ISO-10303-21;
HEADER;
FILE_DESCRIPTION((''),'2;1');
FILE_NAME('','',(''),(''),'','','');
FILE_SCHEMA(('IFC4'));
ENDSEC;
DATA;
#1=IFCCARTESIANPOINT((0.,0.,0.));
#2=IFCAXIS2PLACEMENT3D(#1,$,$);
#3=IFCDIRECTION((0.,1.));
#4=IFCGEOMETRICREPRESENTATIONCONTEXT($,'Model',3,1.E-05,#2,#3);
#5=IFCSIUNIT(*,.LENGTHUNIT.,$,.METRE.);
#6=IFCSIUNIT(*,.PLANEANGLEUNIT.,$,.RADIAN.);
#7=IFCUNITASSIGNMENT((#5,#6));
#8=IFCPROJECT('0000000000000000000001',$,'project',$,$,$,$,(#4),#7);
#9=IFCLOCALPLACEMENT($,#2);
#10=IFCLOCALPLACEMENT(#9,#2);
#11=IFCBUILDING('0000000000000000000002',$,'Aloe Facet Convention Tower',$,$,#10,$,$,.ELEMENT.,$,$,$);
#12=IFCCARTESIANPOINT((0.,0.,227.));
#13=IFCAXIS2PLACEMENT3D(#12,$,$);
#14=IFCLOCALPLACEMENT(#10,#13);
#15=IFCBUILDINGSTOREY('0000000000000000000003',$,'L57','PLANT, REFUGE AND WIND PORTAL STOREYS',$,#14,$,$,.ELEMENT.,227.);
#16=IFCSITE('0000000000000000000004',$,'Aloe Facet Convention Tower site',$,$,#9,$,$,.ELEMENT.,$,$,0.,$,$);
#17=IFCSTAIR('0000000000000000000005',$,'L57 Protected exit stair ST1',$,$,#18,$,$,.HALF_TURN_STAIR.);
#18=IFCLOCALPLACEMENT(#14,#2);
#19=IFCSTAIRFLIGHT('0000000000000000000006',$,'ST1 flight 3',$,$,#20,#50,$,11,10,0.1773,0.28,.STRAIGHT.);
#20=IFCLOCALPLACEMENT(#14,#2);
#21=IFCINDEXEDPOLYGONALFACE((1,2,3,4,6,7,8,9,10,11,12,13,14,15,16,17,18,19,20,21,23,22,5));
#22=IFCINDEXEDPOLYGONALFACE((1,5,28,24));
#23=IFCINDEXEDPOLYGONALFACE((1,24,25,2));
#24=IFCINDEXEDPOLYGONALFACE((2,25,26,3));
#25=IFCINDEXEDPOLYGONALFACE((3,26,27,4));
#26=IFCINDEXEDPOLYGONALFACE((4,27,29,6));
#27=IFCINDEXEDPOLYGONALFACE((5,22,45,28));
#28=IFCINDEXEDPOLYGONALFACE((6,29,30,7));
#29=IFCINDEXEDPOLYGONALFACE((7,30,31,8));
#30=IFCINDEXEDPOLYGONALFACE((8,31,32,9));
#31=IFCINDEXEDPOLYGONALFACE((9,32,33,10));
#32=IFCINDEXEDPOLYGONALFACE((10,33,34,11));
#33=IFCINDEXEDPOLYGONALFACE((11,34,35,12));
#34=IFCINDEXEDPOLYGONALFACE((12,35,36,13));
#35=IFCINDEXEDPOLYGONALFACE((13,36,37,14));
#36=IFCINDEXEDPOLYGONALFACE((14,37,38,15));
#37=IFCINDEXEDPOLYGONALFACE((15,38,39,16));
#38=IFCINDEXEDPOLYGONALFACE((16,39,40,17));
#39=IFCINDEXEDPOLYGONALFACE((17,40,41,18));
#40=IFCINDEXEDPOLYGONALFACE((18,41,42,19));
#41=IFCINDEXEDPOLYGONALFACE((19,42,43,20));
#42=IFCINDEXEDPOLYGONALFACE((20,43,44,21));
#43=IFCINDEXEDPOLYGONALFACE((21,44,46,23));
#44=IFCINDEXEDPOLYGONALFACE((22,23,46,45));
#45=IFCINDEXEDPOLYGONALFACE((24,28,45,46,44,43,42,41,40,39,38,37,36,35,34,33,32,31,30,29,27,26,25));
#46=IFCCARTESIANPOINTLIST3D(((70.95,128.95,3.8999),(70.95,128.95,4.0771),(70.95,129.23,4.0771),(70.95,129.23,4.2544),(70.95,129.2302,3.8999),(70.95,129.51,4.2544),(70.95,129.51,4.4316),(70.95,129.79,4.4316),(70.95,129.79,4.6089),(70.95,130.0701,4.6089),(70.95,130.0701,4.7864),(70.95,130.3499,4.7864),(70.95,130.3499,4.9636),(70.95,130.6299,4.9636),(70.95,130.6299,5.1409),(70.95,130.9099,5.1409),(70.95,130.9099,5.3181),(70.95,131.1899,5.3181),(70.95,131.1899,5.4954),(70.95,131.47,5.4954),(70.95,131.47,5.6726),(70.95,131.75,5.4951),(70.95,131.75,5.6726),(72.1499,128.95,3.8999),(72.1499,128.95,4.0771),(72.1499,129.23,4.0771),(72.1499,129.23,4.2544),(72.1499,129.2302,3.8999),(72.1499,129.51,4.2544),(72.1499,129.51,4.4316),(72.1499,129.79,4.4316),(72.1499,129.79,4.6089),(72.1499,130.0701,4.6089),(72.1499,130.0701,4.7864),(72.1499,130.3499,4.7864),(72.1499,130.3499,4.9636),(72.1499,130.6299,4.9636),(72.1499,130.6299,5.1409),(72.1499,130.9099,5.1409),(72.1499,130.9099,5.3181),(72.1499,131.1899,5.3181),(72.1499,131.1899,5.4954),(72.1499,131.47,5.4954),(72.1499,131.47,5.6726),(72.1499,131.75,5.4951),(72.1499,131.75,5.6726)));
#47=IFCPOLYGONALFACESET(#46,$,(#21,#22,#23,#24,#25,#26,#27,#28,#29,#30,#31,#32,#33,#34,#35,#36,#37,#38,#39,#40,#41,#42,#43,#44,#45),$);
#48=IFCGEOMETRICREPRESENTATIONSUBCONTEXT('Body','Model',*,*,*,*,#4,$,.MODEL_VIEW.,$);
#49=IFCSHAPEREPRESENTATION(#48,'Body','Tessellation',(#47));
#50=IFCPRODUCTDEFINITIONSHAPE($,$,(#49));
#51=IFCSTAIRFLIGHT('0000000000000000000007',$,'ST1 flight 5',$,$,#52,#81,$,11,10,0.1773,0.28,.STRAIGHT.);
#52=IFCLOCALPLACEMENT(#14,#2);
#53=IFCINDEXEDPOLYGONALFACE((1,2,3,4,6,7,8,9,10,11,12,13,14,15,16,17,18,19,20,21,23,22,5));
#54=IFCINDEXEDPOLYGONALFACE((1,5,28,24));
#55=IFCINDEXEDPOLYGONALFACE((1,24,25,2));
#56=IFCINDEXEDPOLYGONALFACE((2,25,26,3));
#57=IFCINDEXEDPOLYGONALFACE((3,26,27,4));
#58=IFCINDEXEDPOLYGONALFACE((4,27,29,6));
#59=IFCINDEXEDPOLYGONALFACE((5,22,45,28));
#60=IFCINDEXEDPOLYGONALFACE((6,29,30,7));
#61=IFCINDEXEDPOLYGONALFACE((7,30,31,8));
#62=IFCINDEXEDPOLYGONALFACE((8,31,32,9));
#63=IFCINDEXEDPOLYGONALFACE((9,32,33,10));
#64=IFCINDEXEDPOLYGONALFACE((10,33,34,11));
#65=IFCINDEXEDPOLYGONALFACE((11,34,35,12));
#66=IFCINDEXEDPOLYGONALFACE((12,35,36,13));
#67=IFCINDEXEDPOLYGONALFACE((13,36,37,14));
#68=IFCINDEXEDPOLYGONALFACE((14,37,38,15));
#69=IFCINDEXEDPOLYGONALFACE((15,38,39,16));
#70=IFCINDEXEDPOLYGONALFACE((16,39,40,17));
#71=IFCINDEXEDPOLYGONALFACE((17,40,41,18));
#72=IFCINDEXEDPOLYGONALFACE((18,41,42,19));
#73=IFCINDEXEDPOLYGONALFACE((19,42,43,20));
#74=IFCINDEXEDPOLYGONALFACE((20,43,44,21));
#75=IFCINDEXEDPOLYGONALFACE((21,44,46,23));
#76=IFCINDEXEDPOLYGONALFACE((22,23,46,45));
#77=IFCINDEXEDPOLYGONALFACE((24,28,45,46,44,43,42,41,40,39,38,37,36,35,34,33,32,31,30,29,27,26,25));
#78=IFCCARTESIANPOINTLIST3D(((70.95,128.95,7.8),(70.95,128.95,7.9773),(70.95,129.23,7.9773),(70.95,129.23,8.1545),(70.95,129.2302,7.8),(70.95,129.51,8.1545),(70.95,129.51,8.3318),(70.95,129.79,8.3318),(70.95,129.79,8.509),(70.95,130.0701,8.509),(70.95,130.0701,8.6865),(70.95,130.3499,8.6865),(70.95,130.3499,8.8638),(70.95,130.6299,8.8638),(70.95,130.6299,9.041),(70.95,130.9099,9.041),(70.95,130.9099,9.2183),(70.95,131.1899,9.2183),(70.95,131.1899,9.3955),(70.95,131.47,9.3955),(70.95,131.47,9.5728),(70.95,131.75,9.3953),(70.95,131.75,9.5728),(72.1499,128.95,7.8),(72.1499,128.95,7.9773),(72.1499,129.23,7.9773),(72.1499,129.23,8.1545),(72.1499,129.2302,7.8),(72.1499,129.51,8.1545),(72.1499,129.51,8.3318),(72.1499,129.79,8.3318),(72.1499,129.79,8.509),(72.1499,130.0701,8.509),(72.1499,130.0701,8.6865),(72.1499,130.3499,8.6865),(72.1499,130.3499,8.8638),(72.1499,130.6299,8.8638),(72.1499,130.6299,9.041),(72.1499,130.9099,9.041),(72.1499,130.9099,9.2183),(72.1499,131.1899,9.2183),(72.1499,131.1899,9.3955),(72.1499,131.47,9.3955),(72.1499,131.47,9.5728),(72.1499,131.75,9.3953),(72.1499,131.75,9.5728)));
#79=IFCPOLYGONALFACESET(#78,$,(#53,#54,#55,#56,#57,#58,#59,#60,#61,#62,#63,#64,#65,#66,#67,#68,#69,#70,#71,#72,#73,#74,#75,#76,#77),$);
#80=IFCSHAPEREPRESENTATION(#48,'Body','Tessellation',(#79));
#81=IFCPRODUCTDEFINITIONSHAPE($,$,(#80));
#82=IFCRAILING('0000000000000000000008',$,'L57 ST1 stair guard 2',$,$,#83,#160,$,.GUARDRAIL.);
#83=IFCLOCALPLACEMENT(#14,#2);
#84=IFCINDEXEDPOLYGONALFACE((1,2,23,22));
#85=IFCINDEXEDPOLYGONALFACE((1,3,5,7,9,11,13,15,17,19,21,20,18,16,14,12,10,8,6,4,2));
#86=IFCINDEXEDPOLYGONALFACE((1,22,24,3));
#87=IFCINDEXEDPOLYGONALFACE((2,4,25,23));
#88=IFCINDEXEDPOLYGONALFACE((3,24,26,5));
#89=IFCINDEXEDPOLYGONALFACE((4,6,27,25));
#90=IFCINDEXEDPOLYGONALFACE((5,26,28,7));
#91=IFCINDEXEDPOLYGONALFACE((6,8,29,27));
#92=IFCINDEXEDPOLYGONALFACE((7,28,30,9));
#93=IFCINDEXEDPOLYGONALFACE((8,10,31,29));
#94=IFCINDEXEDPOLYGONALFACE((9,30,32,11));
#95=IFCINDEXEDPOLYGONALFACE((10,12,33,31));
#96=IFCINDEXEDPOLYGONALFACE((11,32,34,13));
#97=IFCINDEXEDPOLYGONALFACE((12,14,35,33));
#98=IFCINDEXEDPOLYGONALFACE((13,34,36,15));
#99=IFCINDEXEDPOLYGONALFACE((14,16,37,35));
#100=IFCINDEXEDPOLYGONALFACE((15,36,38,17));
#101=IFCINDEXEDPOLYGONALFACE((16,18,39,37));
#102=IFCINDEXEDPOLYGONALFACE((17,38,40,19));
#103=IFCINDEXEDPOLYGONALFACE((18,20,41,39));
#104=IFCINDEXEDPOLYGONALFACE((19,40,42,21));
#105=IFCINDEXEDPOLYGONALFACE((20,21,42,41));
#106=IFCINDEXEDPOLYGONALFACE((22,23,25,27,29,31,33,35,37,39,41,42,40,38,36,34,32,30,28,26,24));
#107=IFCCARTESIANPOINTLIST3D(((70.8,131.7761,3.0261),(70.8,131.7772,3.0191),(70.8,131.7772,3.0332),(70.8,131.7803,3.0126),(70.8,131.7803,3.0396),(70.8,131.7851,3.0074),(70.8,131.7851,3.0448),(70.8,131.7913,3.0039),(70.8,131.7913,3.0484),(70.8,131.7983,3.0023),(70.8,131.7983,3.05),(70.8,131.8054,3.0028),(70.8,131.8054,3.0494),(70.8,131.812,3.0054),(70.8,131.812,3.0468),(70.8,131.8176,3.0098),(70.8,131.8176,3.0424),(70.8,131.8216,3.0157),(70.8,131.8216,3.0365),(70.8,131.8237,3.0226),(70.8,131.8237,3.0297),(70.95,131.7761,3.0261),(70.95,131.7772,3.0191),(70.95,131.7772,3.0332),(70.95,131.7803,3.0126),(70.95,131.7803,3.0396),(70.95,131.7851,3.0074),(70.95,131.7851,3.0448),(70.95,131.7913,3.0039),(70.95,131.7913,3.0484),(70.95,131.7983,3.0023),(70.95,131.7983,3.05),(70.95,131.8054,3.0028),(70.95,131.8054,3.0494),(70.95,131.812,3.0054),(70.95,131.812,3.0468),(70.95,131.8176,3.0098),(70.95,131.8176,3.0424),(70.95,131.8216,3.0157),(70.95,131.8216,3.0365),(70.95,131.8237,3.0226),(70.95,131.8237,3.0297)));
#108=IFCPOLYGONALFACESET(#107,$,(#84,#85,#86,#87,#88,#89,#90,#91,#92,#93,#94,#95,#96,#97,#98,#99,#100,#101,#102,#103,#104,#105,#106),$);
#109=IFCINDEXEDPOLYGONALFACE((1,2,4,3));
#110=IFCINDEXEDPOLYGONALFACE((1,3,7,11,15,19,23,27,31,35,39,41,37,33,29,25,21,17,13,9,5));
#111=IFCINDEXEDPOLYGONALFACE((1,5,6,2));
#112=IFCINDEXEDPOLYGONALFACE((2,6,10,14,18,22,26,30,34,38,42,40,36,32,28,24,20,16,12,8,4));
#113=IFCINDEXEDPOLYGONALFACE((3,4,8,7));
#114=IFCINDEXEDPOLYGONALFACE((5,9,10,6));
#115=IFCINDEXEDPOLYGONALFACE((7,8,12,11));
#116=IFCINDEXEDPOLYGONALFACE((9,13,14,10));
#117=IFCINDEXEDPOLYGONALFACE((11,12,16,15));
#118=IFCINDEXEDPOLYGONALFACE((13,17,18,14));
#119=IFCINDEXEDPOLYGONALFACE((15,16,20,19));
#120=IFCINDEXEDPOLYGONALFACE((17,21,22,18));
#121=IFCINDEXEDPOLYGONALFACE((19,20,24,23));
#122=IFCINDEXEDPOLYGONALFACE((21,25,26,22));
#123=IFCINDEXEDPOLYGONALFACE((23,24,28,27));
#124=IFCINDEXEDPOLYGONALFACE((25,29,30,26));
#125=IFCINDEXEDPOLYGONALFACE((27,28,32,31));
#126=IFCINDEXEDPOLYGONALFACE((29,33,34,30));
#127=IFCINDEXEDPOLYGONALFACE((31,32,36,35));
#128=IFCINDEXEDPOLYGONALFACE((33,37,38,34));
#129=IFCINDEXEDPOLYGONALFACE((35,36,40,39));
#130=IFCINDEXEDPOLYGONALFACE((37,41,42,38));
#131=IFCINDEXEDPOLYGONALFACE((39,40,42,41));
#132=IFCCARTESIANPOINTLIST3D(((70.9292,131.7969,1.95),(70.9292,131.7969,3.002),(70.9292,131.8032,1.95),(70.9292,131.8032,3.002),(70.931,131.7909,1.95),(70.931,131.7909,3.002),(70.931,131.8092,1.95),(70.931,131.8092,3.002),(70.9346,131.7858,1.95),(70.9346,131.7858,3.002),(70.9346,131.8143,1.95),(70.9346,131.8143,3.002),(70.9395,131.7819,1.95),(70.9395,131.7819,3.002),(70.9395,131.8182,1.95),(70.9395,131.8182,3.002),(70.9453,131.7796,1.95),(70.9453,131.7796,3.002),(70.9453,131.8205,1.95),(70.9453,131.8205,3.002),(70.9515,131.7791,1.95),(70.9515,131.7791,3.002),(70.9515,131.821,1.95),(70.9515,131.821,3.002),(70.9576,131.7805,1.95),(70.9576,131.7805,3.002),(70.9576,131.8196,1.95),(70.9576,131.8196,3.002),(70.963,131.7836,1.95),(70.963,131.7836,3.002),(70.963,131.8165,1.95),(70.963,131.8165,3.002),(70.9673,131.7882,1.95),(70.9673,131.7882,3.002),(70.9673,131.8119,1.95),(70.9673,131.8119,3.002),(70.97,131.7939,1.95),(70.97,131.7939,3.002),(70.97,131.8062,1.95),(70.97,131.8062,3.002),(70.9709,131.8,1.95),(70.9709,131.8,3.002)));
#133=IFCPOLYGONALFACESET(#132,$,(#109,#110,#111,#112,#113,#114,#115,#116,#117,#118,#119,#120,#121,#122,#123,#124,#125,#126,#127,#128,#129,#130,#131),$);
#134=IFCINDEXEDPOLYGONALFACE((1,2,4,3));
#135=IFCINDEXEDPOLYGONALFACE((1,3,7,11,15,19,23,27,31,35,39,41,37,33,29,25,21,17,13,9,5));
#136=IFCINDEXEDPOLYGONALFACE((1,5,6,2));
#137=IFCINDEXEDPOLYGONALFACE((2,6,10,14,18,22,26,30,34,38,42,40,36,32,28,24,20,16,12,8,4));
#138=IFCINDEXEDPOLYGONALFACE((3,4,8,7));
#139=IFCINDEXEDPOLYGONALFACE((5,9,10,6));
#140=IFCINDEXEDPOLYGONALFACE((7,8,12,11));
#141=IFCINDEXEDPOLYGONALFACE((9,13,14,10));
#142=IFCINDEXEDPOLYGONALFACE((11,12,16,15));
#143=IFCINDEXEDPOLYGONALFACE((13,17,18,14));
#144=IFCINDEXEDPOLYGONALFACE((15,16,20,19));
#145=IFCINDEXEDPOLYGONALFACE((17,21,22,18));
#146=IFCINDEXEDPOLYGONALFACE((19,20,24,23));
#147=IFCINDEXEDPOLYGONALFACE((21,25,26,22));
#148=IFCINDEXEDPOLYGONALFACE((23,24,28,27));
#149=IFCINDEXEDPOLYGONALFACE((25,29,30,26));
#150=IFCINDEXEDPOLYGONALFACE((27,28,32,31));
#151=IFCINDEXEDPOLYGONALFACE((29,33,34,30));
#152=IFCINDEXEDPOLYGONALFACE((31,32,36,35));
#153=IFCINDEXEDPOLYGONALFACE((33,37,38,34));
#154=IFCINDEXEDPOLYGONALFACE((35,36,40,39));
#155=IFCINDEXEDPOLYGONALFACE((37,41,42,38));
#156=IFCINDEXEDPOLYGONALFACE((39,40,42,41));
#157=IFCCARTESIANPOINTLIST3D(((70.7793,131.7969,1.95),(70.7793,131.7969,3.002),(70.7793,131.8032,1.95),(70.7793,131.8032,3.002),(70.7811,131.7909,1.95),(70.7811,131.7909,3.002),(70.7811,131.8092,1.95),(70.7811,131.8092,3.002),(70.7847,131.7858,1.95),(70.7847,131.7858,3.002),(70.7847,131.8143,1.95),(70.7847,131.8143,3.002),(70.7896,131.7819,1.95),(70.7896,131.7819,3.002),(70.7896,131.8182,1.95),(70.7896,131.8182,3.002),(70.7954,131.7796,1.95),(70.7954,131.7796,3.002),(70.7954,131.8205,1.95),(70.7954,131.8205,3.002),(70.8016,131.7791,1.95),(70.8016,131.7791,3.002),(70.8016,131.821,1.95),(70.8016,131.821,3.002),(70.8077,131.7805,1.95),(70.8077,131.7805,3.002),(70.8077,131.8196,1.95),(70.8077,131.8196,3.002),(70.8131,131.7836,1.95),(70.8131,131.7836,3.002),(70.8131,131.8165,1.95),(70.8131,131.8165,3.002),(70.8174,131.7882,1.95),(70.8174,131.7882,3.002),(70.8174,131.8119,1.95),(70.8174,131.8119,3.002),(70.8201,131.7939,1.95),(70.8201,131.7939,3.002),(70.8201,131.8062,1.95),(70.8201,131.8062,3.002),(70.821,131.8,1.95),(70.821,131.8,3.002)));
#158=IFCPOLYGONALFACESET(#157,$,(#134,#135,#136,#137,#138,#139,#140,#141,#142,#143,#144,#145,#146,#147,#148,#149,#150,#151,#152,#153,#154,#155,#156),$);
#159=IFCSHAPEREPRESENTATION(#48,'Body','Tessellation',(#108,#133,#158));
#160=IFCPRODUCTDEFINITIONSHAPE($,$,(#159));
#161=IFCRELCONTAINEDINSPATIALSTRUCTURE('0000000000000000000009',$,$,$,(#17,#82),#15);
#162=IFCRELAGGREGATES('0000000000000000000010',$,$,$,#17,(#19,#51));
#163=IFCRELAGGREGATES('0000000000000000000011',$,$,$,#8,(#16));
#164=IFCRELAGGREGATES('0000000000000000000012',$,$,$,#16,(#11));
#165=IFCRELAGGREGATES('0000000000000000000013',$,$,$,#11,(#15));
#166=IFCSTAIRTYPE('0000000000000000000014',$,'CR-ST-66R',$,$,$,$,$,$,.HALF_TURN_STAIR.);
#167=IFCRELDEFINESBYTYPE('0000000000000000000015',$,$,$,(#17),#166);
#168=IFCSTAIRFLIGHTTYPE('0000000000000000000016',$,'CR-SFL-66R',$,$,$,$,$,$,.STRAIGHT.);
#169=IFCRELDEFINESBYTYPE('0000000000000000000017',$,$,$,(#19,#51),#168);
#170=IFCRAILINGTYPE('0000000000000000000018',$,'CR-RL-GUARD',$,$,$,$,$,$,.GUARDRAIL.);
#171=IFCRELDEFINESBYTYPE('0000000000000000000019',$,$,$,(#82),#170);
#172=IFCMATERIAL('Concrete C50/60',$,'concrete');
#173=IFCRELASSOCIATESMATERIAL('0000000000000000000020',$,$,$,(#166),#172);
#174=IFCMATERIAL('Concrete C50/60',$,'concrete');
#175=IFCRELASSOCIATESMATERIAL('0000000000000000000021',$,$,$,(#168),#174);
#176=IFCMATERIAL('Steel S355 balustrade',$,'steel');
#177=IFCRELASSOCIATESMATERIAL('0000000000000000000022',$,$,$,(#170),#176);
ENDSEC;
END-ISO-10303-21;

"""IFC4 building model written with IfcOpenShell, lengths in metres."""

from ifc_helpers import new_model, si_unit, direction, frame, origin, origin_2d, place, context, subcontext, project, spatial, polyline, circle, outline, extrude, material, type_object, element, aggregate, save


model = new_model("IFC4")

# Units and contexts
model_context = context("Model", 3, precision=1e-05, world=origin(), true_north=direction((0.0, 1.0)))
body_context = subcontext(model_context, "Body", "Model", "MODEL_VIEW")
ifc_project = project(units=[si_unit("LENGTHUNIT", "METRE"), si_unit("PLANEANGLEUNIT", "RADIAN")], contexts=[model_context])

# Site, building, storey
site_placement = place(None, origin())
site = spatial("IfcSite", under=ifc_project, at=site_placement, Name="Aloe Facet Convention Tower site", CompositionType="ELEMENT", RefElevation=0.0)
building_placement = place(site_placement, origin())
building = spatial("IfcBuilding", under=site, at=building_placement, Name="Aloe Facet Convention Tower", CompositionType="ELEMENT")
storey_placement = place(building_placement, frame((0.0, 0.0, 227.0)))
storey = spatial("IfcBuildingStorey", under=building, at=storey_placement, Name="L57", Description="PLANT, REFUGE AND WIND PORTAL STOREYS", CompositionType="ELEMENT", Elevation=227.0)

# Stair, stair flights
ifc_material_1 = material(Name="Concrete C50/60", Category="concrete")
stair_type = type_object("IfcStairType", Name="CR-ST-66R", PredefinedType="HALF_TURN_STAIR", material=ifc_material_1)
stair_placement = place(storey_placement, origin())
stair = element("IfcStair", 1, at=stair_placement, inside=storey, type_object=stair_type, Name="L57 Protected exit stair ST1", PredefinedType="HALF_TURN_STAIR")
ifc_material_2 = material(Name="Concrete C50/60", Category="concrete")
stair_flight_type = type_object("IfcStairFlightType", Name="CR-SFL-66R", PredefinedType="STRAIGHT", material=ifc_material_2)
stair_flight_1_placement = place(storey_placement, frame((71.55, 128.95, 3.8999), z_axis=(0.0, 0.0, 1.0), x_axis=(0.0, 1.0, 0.0)))
stair_flight_1 = element("IfcStairFlight", 2, at=stair_flight_1_placement, type_object=stair_flight_type, Name="ST1 flight 3", NumberOfRisers=11, NumberOfTreads=10, PredefinedType="STRAIGHT", RiserHeight=0.1773, TreadLength=0.28, context=body_context, shape_type="SweptSolid", body=[
    extrude(outline(polyline([(0.0, 0.0), (0.0, 0.1772), (0.28, 0.1772), (0.28, 0.3545), (0.5601, 0.3545), (0.5601, 0.5317), (0.8401, 0.5317), (0.8401, 0.709), (1.1201, 0.709), (1.1201, 0.8865), (1.3999, 0.8865), (1.3999, 1.0637), (1.6799, 1.0637), (1.6799, 1.241), (1.96, 1.241), (1.96, 1.4182), (2.24, 1.4182), (2.24, 1.5955), (2.52, 1.5955), (2.52, 1.7727), (2.8, 1.7727), (2.8, 1.95), (2.8, 1.5952), (0.2803, 0.0), (0.0, 0.0)])), frame((0.0, 0.6001, 0.0), z_axis=(0.0, -1.0, 0.0), x_axis=(1.0, 0.0, 0.0)), (0.0, 0.0, 1.0), 1.2),
])
stair_flight_2_placement = place(storey_placement, frame((71.55, 128.95, 7.8), z_axis=(0.0, 0.0, 1.0), x_axis=(0.0, 1.0, 0.0)))
stair_flight_2 = element("IfcStairFlight", 3, at=stair_flight_2_placement, type_object=stair_flight_type, Name="ST1 flight 5", NumberOfRisers=11, NumberOfTreads=10, PredefinedType="STRAIGHT", RiserHeight=0.1773, TreadLength=0.28, context=body_context, shape_type="SweptSolid", body=[
    extrude(outline(polyline([(0.0, 0.0), (0.0, 0.1772), (0.28, 0.1772), (0.28, 0.3545), (0.5601, 0.3545), (0.5601, 0.5317), (0.8401, 0.5317), (0.8401, 0.709), (1.1201, 0.709), (1.1201, 0.8865), (1.3999, 0.8865), (1.3999, 1.0637), (1.6799, 1.0637), (1.6799, 1.241), (1.96, 1.241), (1.96, 1.4182), (2.24, 1.4182), (2.24, 1.5955), (2.52, 1.5955), (2.52, 1.7727), (2.8, 1.7727), (2.8, 1.95), (2.8, 1.5952), (0.2803, 0.0), (0.0, 0.0)])), frame((0.0, 0.6001, 0.0), z_axis=(0.0, -1.0, 0.0), x_axis=(1.0, 0.0, 0.0)), (0.0, 0.0, 1.0), 1.2),
])
aggregate(stair, [stair_flight_1, stair_flight_2])

# Railing
ifc_material_3 = material(Name="Steel S355 balustrade", Category="steel")
railing_type_1 = type_object("IfcRailingType", Name="CR-RL-GUARD", PredefinedType="GUARDRAIL", material=ifc_material_3)
railing_1_placement = place(storey_placement, frame((70.95, 131.8, 1.95)))
element("IfcRailing", 4, at=railing_1_placement, inside=storey, type_object=railing_type_1, Name="L57 ST1 stair guard 2", PredefinedType="GUARDRAIL", context=body_context, shape_type="SweptSolid", body=[
    extrude(circle(Radius=0.0239, at=origin_2d()), frame((0.0, 0.0, 1.0762), z_axis=(-1.0, 0.0, 0.0), x_axis=(0.0, -1.0, 0.0)), (0.0, 0.0, 1.0), 0.1499),
    extrude(circle(Radius=0.021, at=origin_2d()), origin(), (0.0, 0.0, 1.0), 1.052),
    extrude(circle(Radius=0.021, at=origin_2d()), frame((-0.1499, 0.0, 0.0)), (0.0, 0.0, 1.0), 1.052),
])

save(model, "model.ifc")
